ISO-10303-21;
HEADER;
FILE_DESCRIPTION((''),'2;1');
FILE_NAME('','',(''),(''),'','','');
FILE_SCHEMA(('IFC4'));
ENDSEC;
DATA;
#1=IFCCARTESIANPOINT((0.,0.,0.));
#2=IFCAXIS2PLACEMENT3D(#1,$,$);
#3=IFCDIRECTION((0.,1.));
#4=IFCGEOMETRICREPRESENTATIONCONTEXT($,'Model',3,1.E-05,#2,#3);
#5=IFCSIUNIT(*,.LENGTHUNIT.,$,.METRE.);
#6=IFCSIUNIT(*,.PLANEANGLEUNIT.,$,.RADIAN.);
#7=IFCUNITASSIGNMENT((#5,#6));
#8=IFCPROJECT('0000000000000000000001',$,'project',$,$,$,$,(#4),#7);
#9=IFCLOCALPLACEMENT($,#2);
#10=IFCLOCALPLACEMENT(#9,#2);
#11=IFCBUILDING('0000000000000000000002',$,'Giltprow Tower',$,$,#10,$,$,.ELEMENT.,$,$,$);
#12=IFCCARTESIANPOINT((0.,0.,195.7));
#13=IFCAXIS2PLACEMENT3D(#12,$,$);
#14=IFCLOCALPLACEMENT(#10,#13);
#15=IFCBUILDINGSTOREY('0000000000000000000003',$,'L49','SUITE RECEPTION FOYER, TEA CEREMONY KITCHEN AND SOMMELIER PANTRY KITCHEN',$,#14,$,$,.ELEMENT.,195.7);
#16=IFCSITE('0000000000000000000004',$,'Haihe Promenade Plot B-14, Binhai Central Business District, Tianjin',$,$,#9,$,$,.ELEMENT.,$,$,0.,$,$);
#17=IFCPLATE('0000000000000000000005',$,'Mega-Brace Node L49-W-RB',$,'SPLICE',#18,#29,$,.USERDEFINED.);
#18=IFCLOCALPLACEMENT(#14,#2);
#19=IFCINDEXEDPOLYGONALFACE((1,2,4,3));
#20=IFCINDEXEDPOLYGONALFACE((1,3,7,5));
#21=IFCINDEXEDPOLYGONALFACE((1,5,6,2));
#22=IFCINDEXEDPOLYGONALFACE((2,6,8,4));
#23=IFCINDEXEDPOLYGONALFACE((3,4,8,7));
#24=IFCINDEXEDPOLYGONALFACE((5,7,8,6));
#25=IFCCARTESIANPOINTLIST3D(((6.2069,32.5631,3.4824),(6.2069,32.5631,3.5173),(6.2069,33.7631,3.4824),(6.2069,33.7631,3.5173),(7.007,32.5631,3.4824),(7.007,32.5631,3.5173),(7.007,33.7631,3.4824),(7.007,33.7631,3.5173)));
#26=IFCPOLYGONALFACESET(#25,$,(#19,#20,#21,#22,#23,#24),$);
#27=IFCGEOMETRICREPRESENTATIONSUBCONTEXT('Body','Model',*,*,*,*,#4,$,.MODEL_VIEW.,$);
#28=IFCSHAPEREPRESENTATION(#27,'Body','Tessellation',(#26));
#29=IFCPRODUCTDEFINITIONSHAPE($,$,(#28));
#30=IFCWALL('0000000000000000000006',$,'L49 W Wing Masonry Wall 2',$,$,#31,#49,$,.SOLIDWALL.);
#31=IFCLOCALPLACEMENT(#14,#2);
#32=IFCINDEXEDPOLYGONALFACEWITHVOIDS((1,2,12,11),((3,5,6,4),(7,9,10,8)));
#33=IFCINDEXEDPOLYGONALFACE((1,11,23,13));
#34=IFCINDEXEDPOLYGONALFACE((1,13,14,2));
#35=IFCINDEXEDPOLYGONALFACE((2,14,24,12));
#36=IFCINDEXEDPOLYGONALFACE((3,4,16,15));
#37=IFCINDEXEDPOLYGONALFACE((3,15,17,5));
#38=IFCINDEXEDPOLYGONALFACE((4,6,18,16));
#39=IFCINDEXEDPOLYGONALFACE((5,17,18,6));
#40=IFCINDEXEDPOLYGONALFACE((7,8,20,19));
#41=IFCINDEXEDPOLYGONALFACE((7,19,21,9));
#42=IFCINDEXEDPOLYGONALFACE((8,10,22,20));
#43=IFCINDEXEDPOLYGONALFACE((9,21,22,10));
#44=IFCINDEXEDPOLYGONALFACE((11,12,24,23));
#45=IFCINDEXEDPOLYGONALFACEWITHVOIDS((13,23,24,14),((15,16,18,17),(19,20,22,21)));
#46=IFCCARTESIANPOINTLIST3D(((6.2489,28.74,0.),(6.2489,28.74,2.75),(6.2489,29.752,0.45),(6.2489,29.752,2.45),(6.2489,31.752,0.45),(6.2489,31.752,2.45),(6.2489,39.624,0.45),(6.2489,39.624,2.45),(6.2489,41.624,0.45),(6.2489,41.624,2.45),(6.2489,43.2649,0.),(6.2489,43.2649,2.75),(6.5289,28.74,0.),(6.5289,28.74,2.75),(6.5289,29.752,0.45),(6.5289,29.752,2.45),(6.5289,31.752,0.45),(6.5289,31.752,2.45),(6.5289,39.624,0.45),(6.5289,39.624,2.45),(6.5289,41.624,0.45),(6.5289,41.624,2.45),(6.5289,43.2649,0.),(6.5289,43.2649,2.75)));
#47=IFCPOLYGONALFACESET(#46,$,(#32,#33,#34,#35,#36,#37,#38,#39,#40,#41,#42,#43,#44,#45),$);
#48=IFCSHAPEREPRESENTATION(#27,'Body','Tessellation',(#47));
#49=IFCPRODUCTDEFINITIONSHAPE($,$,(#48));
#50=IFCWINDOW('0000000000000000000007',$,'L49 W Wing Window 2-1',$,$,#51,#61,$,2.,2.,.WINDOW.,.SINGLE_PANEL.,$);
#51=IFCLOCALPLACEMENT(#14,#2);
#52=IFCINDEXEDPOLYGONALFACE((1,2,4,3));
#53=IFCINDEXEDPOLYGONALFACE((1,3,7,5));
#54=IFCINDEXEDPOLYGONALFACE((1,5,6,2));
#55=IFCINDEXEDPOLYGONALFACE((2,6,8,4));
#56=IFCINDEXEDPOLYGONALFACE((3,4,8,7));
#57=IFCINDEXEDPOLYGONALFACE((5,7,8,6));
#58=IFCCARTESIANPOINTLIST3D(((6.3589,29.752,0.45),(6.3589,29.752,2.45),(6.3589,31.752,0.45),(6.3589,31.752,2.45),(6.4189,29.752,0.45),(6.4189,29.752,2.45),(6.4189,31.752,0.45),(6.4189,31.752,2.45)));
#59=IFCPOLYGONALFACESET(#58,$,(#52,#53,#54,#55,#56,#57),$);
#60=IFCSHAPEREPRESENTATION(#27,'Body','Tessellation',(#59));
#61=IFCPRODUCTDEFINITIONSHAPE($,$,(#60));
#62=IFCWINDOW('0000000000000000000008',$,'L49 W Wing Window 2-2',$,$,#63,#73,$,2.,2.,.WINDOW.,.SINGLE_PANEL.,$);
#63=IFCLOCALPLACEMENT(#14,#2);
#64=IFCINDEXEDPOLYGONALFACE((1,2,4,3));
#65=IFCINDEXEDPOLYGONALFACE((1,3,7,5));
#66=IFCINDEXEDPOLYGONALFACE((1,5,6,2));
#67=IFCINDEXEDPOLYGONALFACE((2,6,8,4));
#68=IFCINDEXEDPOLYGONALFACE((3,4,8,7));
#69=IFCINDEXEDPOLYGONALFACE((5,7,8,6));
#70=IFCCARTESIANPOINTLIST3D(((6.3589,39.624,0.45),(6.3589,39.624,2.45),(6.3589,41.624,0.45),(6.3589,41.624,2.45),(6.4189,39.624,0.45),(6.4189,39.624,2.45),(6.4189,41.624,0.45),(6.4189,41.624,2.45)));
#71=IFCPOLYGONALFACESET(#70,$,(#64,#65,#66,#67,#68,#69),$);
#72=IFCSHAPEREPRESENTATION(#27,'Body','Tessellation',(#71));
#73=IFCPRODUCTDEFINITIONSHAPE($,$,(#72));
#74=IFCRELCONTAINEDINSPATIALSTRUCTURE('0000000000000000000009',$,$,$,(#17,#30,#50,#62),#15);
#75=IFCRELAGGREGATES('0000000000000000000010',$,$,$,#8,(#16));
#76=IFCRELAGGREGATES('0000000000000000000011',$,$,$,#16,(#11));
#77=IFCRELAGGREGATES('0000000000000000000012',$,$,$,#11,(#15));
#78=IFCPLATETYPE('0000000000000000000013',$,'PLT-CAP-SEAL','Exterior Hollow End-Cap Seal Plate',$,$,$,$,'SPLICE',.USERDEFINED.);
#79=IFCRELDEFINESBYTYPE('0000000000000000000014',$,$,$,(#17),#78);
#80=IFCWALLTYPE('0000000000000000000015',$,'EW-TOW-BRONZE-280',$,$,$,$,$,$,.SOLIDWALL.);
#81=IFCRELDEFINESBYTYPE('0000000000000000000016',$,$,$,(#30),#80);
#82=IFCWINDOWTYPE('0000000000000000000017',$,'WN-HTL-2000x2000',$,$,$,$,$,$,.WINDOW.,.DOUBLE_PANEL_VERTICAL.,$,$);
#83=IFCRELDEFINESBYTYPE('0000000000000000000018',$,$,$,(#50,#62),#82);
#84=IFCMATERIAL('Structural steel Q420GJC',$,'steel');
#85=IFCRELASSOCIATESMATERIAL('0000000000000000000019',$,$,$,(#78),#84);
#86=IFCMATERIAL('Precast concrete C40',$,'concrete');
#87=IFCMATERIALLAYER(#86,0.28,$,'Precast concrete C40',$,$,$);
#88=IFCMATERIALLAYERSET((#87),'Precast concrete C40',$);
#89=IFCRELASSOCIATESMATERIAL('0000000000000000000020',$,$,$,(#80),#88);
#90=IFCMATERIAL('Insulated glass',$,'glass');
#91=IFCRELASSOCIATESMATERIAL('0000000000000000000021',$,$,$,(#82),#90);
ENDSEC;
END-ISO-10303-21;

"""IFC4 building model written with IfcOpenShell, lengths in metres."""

from ifc_helpers import new_model, si_unit, direction, frame, frame_2d, origin, origin_2d, place, context, subcontext, project, spatial, rectangle, extrude, source, transform, mapped, material, layer, layer_set, type_object, element, fill, save


model = new_model("IFC4")

# Units and contexts
model_context = context("Model", 3, precision=1e-05, world=origin(), true_north=direction((0.0, 1.0)))
body_context = subcontext(model_context, "Body", "Model", "MODEL_VIEW")
ifc_project = project(units=[si_unit("LENGTHUNIT", "METRE"), si_unit("PLANEANGLEUNIT", "RADIAN")], contexts=[model_context])

# Site, building, storey
site_placement = place(None, origin())
site = spatial("IfcSite", under=ifc_project, at=site_placement, Name="Haihe Promenade Plot B-14, Binhai Central Business District, Tianjin", CompositionType="ELEMENT", RefElevation=0.0)
building_placement = place(site_placement, origin())
building = spatial("IfcBuilding", under=site, at=building_placement, Name="Giltprow Tower", CompositionType="ELEMENT")
storey_placement = place(building_placement, frame((0.0, 0.0, 195.7)))
storey = spatial("IfcBuildingStorey", under=building, at=storey_placement, Name="L49", Description="SUITE RECEPTION FOYER, TEA CEREMONY KITCHEN AND SOMMELIER PANTRY KITCHEN", CompositionType="ELEMENT", Elevation=195.7)

# Shared definitions
ifc_material_1 = material(Name="Structural steel Q420GJC", Category="steel")

# Plate
plate_type = type_object("IfcPlateType", Name="PLT-CAP-SEAL", Description="Exterior Hollow End-Cap Seal Plate", ElementType="SPLICE", PredefinedType="USERDEFINED", material=ifc_material_1)
shared_shape_1 = source(origin(), body_context, "Body", "SweptSolid", [
    extrude(rectangle(XDim=1.2, YDim=0.8, at=origin_2d()), origin(), (0.0, 0.0, 1.0), 0.0349),
])
plate_placement = place(storey_placement, frame((6.6069, 33.1631, 3.4824), z_axis=(0.0, 0.0, 1.0), x_axis=(0.0, 1.0, 0.0)))
element("IfcPlate", 1, at=plate_placement, inside=storey, type_object=plate_type, Name="Mega-Brace Node L49-W-RB", ObjectType="SPLICE", PredefinedType="USERDEFINED", context=body_context, shape_type="MappedRepresentation", body=[
    mapped(shared_shape_1, transform((0.0, 0.0, 0.0), x_axis=(1.0, 0.0, 0.0), y_axis=(0.0, 1.0, 0.0), z_axis=(0.0, 0.0, 1.0), scale=1.0)),
])

# Wall, openings, windows
ifc_material_2 = material(Name="Precast concrete C40", Category="concrete")
ifc_layer_1 = layer(ifc_material_2, 0.28, Name="Precast concrete C40")
ifc_layer_set_1 = layer_set([ifc_layer_1], Name="Precast concrete C40")
wall_type_1 = type_object("IfcWallType", Name="EW-TOW-BRONZE-280", PredefinedType="SOLIDWALL", material=ifc_layer_set_1)
wall_1_placement = place(storey_placement, frame((6.3889, 28.74, 0.0), z_axis=(0.0, 0.0, 1.0), x_axis=(0.0, 1.0, 0.0)))
wall_1 = element("IfcWall", 2, at=wall_1_placement, inside=storey, type_object=wall_type_1, Name="L49 W Wing Masonry Wall 2", PredefinedType="SOLIDWALL", context=body_context, shape_type="SweptSolid", body=[
    extrude(rectangle(XDim=14.5249, YDim=0.28, at=frame_2d((7.2625, 0.0))), origin(), (0.0, 0.0, 1.0), 2.75),
])
opening_1_placement = place(wall_1_placement, frame((1.012, 0.0, 0.45)))
opening_1 = element("IfcOpeningElement", 3, at=opening_1_placement, cuts=wall_1, PredefinedType="OPENING", context=body_context, shape_type="SweptSolid", body=[
    extrude(rectangle(XDim=2.0, YDim=2.0, at=frame_2d((1.0, 1.0))), frame((0.0, 0.1499, 0.0), z_axis=(0.0, -1.0, 0.0), x_axis=(1.0, 0.0, 0.0)), (0.0, 0.0, 1.0), 0.3),
])
opening_2_placement = place(wall_1_placement, frame((10.884, 0.0, 0.45)))
opening_2 = element("IfcOpeningElement", 4, at=opening_2_placement, cuts=wall_1, PredefinedType="OPENING", context=body_context, shape_type="SweptSolid", body=[
    extrude(rectangle(XDim=2.0, YDim=2.0, at=frame_2d((1.0, 1.0))), frame((0.0, 0.1499, 0.0), z_axis=(0.0, -1.0, 0.0), x_axis=(1.0, 0.0, 0.0)), (0.0, 0.0, 1.0), 0.3),
])
ifc_material_3 = material(Name="Insulated glass", Category="glass")
window_type = type_object("IfcWindowType", Name="WN-HTL-2000x2000", PartitioningType="DOUBLE_PANEL_VERTICAL", PredefinedType="WINDOW", material=ifc_material_3)
shared_shape_2 = source(origin(), body_context, "Body", "SweptSolid", [
    extrude(rectangle(XDim=2.0, YDim=2.0, at=frame_2d((1.0, 1.0))), frame((0.0, 0.03, 0.0), z_axis=(0.0, -1.0, 0.0), x_axis=(1.0, 0.0, 0.0)), (0.0, 0.0, 1.0), 0.0601),
])
window_1_placement = place(opening_1_placement, origin())
window_1 = element("IfcWindow", 5, at=window_1_placement, inside=storey, type_object=window_type, Name="L49 W Wing Window 2-1", OverallHeight=2.0, OverallWidth=2.0, PartitioningType="SINGLE_PANEL", PredefinedType="WINDOW", context=body_context, shape_type="MappedRepresentation", body=[
    mapped(shared_shape_2, transform((0.0, 0.0, 0.0), x_axis=(1.0, 0.0, 0.0), y_axis=(0.0, 1.0, 0.0), z_axis=(0.0, 0.0, 1.0), scale=1.0)),
])
fill(opening_1, window_1)
window_2_placement = place(opening_2_placement, origin())
window_2 = element("IfcWindow", 6, at=window_2_placement, inside=storey, type_object=window_type, Name="L49 W Wing Window 2-2", OverallHeight=2.0, OverallWidth=2.0, PartitioningType="SINGLE_PANEL", PredefinedType="WINDOW", context=body_context, shape_type="MappedRepresentation", body=[
    mapped(shared_shape_2, transform((0.0, 0.0, 0.0), x_axis=(1.0, 0.0, 0.0), y_axis=(0.0, 1.0, 0.0), z_axis=(0.0, 0.0, 1.0), scale=1.0)),
])
fill(opening_2, window_2)

save(model, "model.ifc")
